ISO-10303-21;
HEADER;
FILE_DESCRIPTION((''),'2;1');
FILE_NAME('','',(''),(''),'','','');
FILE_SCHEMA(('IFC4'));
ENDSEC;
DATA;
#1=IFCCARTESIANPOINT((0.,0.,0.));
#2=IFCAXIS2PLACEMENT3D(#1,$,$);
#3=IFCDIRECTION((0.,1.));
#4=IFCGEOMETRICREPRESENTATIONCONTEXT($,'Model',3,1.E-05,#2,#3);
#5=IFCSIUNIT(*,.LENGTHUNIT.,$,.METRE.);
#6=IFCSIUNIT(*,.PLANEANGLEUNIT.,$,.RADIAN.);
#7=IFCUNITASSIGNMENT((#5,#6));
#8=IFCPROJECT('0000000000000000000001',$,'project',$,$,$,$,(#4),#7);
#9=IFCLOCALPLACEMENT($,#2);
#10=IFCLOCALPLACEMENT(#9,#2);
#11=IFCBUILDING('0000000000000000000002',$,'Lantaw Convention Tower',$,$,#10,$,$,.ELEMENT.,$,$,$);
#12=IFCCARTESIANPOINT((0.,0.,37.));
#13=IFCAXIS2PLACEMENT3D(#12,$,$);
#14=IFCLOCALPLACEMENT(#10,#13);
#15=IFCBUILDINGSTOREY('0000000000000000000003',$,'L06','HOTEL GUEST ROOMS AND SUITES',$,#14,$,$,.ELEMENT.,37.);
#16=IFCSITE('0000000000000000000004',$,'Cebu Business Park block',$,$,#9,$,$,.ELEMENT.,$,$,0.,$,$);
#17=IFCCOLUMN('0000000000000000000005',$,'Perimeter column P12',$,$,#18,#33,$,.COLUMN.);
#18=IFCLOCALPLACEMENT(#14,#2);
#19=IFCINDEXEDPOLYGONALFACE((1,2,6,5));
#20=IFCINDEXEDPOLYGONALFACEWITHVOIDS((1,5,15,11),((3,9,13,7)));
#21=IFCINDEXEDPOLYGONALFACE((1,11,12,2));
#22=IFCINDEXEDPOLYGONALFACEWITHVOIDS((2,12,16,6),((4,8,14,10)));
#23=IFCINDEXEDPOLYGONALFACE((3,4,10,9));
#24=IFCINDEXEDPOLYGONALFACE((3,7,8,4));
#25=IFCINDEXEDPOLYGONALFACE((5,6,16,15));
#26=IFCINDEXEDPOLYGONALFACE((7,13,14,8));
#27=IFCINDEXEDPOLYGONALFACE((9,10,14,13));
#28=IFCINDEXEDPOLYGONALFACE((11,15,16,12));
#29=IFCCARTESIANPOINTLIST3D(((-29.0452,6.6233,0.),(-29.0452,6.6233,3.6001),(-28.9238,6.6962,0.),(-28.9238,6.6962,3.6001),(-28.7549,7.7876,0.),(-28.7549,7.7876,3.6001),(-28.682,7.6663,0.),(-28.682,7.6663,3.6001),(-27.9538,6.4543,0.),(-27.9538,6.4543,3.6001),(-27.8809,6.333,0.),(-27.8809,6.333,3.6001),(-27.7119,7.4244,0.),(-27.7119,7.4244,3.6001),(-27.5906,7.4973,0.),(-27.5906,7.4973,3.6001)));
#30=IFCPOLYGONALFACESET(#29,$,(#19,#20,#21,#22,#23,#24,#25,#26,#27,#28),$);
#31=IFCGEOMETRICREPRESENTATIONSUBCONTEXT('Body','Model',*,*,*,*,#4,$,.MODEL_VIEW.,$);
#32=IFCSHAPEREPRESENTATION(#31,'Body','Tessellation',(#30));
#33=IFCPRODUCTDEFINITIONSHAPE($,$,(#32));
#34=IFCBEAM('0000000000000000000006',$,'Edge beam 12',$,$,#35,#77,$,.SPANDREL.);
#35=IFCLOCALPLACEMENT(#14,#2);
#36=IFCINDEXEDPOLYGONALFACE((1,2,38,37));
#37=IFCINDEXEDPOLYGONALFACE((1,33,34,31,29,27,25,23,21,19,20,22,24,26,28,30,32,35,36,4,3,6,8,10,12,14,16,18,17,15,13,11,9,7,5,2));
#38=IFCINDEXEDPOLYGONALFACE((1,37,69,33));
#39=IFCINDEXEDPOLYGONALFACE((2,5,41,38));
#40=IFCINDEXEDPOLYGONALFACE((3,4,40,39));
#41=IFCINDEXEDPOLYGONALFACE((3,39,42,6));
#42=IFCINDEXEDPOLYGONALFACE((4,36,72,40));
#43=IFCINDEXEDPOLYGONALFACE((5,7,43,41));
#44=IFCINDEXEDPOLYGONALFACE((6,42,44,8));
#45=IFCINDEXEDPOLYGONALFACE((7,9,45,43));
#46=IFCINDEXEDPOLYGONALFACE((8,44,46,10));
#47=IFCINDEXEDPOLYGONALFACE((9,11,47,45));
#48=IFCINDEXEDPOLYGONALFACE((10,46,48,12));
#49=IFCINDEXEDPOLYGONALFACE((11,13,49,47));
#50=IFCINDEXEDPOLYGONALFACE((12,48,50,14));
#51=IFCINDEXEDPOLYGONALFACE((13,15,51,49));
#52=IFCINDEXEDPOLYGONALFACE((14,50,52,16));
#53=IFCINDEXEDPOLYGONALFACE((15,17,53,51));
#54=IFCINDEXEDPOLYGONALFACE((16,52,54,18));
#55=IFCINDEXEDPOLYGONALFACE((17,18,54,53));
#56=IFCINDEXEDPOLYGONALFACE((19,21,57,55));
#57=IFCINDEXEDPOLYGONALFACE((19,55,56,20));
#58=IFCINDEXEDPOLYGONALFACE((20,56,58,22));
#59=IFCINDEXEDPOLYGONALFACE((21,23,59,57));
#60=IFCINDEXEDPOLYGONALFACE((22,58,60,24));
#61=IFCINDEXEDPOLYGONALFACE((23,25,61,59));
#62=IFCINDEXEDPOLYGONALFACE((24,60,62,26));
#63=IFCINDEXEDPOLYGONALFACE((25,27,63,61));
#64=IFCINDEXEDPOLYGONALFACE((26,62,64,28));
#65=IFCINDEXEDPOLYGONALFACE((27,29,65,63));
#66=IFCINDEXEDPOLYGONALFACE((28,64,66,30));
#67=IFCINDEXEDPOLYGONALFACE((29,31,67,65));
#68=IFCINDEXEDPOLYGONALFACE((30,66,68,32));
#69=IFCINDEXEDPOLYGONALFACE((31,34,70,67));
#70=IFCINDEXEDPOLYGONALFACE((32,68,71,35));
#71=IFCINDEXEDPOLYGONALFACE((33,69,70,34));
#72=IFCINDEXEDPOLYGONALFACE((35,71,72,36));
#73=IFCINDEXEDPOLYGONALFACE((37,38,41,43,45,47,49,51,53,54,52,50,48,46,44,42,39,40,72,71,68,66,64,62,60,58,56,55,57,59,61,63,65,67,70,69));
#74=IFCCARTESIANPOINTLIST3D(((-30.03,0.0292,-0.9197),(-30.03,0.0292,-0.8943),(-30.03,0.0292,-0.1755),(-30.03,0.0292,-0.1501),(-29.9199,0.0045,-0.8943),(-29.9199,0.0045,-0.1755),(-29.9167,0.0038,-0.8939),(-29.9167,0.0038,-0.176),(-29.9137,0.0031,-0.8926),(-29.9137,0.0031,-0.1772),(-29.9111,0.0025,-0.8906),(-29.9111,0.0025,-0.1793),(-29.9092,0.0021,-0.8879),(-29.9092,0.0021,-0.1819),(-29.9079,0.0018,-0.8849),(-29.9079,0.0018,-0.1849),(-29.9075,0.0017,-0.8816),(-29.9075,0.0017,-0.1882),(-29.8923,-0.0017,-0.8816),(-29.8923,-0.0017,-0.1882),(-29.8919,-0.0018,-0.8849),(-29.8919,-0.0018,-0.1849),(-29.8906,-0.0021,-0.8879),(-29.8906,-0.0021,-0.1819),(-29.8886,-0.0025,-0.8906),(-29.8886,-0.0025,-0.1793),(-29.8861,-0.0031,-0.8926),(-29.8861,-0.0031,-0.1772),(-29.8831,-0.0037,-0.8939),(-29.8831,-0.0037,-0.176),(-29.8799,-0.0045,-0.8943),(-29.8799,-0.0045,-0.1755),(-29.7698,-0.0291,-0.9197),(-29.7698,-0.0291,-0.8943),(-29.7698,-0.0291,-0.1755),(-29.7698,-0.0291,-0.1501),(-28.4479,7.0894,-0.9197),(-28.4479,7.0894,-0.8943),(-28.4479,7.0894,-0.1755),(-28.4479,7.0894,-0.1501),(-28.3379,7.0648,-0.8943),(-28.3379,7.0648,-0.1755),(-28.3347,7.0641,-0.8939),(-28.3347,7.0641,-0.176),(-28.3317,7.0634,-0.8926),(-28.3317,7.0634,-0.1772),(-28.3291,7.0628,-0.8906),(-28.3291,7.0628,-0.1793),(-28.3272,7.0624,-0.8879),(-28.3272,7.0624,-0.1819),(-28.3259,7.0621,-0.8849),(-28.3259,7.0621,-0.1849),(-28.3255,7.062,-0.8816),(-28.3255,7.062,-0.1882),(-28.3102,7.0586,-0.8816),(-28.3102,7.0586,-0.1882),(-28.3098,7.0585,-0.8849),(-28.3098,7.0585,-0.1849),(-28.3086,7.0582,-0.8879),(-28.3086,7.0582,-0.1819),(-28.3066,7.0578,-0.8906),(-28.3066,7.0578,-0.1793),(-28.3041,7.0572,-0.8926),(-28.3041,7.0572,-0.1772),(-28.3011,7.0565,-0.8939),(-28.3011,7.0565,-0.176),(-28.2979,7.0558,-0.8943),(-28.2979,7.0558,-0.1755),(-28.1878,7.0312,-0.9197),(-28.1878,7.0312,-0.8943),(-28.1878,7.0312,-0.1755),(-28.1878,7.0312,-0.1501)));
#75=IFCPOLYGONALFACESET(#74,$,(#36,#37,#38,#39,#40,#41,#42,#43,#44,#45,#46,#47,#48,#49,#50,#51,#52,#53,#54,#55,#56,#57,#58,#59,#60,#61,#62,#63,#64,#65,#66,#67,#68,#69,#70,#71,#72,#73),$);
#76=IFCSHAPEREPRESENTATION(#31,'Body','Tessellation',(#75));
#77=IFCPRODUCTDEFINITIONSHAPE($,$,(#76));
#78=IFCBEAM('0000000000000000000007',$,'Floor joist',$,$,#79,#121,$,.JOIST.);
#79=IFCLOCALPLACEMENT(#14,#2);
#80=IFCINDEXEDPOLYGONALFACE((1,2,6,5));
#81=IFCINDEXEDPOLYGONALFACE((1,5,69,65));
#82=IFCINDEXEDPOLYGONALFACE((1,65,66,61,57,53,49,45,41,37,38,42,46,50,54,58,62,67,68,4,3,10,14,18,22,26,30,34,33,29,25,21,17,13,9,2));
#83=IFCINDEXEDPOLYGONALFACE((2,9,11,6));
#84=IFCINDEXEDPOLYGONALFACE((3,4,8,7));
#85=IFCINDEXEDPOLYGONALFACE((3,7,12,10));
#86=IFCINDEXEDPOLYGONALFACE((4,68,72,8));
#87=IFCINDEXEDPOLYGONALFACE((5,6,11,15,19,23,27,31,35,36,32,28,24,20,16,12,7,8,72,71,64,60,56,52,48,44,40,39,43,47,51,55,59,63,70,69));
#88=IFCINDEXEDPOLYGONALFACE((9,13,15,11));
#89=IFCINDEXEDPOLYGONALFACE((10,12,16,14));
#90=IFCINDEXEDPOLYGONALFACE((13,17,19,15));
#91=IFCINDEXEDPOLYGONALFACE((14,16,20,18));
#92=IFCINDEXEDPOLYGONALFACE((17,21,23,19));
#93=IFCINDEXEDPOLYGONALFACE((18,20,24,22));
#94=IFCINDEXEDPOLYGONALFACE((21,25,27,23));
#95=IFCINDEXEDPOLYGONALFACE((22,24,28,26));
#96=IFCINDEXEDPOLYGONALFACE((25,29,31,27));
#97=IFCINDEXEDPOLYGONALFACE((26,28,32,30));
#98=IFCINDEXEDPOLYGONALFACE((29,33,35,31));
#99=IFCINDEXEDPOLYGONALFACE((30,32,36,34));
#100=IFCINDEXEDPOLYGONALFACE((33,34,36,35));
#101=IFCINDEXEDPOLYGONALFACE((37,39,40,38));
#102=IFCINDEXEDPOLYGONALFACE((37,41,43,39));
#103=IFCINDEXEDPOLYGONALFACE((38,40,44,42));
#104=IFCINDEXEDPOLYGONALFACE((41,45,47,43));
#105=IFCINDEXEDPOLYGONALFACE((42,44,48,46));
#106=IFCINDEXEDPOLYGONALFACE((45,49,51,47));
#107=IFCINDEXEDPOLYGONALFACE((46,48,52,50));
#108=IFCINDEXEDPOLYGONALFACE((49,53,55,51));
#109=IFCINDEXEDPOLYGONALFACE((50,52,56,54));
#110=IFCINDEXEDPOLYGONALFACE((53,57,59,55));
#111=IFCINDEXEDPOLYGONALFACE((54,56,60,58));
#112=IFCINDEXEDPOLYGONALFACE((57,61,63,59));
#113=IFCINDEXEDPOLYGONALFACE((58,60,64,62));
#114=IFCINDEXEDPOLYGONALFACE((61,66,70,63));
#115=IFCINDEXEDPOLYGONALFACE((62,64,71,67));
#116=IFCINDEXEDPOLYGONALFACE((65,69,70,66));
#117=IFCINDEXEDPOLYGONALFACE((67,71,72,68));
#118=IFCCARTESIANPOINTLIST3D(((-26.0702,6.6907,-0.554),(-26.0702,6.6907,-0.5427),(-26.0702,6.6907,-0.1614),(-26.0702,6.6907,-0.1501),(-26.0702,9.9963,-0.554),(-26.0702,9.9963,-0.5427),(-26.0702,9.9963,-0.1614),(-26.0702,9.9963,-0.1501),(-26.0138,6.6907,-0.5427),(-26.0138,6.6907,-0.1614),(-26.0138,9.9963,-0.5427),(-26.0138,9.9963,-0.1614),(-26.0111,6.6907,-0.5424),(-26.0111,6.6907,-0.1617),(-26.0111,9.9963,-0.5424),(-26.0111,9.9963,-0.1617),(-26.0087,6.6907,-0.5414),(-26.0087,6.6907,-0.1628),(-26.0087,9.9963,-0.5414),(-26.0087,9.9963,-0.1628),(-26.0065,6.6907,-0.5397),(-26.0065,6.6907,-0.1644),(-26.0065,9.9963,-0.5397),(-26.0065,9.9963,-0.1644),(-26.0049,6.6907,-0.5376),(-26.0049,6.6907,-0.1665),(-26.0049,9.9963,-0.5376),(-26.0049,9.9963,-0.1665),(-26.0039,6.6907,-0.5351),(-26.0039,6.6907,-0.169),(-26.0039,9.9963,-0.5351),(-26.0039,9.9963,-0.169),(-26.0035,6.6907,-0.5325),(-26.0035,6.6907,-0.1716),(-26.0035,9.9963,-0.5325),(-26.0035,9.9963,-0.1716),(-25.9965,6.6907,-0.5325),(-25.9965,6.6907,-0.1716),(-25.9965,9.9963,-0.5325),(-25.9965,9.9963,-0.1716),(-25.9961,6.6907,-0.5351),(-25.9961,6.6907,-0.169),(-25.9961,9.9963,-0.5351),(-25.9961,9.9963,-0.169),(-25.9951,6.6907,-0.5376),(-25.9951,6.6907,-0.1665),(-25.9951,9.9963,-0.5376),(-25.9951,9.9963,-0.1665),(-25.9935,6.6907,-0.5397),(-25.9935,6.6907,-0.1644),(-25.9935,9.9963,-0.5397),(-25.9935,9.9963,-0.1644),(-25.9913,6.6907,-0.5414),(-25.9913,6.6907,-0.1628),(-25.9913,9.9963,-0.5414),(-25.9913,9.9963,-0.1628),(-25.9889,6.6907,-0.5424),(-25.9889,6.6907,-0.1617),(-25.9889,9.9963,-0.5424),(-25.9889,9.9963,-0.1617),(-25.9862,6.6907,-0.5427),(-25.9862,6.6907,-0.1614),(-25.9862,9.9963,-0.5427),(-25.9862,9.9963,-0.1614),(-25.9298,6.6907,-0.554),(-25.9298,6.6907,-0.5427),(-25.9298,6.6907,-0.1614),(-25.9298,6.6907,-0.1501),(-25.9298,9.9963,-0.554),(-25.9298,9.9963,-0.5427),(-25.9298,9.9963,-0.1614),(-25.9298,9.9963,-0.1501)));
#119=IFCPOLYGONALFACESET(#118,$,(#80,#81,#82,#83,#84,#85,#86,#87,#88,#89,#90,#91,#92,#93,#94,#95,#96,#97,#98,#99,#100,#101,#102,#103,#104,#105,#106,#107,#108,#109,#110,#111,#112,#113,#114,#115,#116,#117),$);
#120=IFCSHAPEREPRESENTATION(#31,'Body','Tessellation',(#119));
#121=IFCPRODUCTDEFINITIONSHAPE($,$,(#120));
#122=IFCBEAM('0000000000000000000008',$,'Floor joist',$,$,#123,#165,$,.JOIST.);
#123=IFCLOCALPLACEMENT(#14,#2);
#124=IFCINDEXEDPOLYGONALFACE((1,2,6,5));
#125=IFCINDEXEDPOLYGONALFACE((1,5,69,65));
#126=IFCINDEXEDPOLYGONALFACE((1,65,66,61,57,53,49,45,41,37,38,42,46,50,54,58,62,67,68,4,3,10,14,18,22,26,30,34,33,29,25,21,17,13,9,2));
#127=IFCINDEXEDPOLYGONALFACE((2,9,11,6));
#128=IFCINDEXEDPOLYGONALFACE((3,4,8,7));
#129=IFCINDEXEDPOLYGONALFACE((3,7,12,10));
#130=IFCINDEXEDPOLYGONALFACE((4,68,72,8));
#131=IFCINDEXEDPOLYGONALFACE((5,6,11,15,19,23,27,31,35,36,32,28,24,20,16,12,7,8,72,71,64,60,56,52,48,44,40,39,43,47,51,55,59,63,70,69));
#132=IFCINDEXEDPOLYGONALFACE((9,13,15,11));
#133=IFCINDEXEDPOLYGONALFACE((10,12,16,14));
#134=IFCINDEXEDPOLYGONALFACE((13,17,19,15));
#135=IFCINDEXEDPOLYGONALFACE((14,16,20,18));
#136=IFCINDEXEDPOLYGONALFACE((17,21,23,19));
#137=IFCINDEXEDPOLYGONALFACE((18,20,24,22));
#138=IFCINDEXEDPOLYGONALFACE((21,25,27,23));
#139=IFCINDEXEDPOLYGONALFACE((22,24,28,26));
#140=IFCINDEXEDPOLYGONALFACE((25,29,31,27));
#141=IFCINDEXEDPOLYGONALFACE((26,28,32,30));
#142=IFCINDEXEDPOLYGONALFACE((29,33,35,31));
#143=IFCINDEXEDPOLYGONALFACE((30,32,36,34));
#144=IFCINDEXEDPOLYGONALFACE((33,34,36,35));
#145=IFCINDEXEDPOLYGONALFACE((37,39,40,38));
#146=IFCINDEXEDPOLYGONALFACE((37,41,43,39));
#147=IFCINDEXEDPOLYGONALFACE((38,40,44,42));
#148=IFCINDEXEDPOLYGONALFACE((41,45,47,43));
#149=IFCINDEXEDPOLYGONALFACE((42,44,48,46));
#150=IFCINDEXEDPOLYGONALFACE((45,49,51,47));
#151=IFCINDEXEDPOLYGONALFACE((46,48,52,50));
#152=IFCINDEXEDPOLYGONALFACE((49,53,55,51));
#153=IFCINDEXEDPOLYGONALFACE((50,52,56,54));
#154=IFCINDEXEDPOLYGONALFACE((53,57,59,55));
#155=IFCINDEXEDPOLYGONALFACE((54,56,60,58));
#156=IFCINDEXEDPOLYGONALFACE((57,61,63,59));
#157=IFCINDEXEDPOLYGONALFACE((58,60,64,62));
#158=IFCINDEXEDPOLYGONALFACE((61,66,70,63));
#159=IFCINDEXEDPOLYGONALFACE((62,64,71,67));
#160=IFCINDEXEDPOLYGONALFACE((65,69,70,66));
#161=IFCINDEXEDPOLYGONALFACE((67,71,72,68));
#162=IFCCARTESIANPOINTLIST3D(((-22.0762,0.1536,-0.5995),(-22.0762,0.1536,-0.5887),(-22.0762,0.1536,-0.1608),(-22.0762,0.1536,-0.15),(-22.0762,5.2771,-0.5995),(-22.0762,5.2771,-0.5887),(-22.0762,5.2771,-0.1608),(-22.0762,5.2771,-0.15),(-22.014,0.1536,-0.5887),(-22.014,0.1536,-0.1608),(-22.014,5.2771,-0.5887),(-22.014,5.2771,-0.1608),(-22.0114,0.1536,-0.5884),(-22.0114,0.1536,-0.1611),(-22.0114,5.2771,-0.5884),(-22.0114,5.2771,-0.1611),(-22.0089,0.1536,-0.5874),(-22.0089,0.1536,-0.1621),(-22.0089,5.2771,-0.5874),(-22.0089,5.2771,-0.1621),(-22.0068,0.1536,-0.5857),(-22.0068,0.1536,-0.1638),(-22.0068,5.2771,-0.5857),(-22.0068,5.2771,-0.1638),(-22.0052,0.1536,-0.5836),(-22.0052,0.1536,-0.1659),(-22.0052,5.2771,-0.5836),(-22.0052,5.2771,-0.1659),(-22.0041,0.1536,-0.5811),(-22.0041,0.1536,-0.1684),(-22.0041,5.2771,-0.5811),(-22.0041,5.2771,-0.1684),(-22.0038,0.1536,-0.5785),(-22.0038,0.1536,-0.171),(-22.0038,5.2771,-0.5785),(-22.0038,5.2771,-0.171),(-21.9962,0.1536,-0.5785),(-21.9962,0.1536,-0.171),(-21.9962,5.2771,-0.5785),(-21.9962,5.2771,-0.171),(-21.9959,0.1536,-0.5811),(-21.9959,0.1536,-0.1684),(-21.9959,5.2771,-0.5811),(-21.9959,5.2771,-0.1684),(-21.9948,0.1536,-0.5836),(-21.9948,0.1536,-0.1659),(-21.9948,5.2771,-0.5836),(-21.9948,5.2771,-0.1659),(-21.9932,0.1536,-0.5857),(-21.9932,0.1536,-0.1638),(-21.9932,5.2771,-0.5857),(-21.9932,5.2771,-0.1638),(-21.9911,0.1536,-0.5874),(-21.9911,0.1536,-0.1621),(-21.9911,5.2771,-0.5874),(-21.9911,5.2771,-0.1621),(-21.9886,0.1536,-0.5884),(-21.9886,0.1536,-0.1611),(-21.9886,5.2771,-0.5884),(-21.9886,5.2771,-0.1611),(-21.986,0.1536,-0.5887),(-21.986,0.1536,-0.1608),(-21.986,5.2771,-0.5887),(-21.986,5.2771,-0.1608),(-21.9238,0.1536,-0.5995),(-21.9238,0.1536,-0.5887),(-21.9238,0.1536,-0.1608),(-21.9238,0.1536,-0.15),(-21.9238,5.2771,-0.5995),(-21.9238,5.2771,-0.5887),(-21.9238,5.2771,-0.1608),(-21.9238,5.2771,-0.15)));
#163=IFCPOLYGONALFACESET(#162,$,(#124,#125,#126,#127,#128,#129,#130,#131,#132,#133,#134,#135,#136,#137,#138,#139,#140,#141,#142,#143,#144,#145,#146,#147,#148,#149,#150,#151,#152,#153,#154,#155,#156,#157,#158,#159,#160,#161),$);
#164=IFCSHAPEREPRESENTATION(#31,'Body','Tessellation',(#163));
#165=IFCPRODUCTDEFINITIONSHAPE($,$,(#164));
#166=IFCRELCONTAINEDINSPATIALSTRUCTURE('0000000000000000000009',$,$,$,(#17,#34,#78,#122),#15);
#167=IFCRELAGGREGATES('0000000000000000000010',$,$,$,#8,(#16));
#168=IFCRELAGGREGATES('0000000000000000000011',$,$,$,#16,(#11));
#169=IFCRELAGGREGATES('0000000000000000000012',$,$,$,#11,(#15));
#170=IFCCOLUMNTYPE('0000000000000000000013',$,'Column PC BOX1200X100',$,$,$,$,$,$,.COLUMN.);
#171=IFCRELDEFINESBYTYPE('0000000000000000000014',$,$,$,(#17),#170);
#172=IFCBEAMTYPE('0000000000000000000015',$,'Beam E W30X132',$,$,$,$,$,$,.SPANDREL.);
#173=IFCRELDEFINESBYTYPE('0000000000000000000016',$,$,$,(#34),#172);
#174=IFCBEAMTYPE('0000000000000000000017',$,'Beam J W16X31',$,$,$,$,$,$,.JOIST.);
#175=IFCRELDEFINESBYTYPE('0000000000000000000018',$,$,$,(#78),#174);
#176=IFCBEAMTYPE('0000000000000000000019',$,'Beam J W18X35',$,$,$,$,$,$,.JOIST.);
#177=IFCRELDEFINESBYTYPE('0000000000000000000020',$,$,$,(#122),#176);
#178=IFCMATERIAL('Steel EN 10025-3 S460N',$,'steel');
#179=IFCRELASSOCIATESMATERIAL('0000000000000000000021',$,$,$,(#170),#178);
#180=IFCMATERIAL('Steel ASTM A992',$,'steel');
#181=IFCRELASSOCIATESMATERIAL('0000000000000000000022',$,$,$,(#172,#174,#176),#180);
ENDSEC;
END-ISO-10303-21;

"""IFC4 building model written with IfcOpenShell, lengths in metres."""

from ifc_helpers import new_model, si_unit, direction, frame, origin, origin_2d, place, context, subcontext, project, spatial, rectangle, hollow_rectangle, i_section, extrude, material, material_profile, profile_set, type_object, element, save


model = new_model("IFC4")

# Units and contexts
model_context = context("Model", 3, precision=1e-05, world=origin(), true_north=direction((0.0, 1.0)))
body_context = subcontext(model_context, "Body", "Model", "MODEL_VIEW")
ifc_project = project(units=[si_unit("LENGTHUNIT", "METRE"), si_unit("PLANEANGLEUNIT", "RADIAN")], contexts=[model_context])

# Site, building, storey
site_placement = place(None, origin())
site = spatial("IfcSite", under=ifc_project, at=site_placement, Name="Cebu Business Park block", CompositionType="ELEMENT", RefElevation=0.0)
building_placement = place(site_placement, origin())
building = spatial("IfcBuilding", under=site, at=building_placement, Name="Lantaw Convention Tower", CompositionType="ELEMENT")
storey_placement = place(building_placement, frame((0.0, 0.0, 37.0)))
storey = spatial("IfcBuildingStorey", under=building, at=storey_placement, Name="L06", Description="HOTEL GUEST ROOMS AND SUITES", CompositionType="ELEMENT", Elevation=37.0)

# Column
ifc_material_1 = material(Name="Steel EN 10025-3 S460N", Category="steel")
ifc_material_profile_1 = material_profile(ifc_material_1, hollow_rectangle(XDim=1.2, YDim=1.2, WallThickness=0.1001, at=origin_2d()), Name="BOX1200X100")
ifc_material_2 = material(Name="Concrete C60/75", Category="concrete")
ifc_material_profile_2 = material_profile(ifc_material_2, rectangle(XDim=1.0, YDim=1.0, at=origin_2d()), Name="Concrete fill of BOX1200X100")
ifc_profile_set_1 = profile_set([ifc_material_profile_1, ifc_material_profile_2], Name="Steel EN 10025-3 S460N")
column_type = type_object("IfcColumnType", Name="Column PC BOX1200X100", PredefinedType="COLUMN", material=ifc_profile_set_1)
column_placement = place(storey_placement, frame((-28.3179, 7.0603, 0.0), z_axis=(0.0, 0.0, 1.0), x_axis=(0.241922, 0.970296, 0.0)))
element("IfcColumn", 1, at=column_placement, inside=storey, type_object=column_type, Name="Perimeter column P12", PredefinedType="COLUMN", context=body_context, shape_type="SweptSolid", body=[
    extrude(hollow_rectangle(XDim=1.2, YDim=1.2, WallThickness=0.1001, at=origin_2d()), origin(), (0.0, 0.0, 1.0), 3.6001),
])

# Beams
ifc_material_3 = material(Name="Steel ASTM A992", Category="steel")
ifc_material_profile_3 = material_profile(ifc_material_3, i_section(OverallWidth=0.2666, OverallDepth=0.7695, WebThickness=0.0156, FlangeThickness=0.0254, FilletRadius=0.0127, at=origin_2d()), Name="W30X132")
ifc_profile_set_2 = profile_set([ifc_material_profile_3], Name="Steel ASTM A992")
beam_type_1 = type_object("IfcBeamType", Name="Beam E W30X132", PredefinedType="SPANDREL", material=ifc_profile_set_2)
beam_1_placement = place(storey_placement, frame((-28.3179, 7.0603, -0.5349), z_axis=(-0.218652, -0.975803, 0.0), x_axis=(0.975803, -0.218652, 0.0)))
element("IfcBeam", 2, at=beam_1_placement, inside=storey, type_object=beam_type_1, Name="Edge beam 12", PredefinedType="SPANDREL", context=body_context, shape_type="SweptSolid", body=[
    extrude(i_section(OverallWidth=0.2666, OverallDepth=0.7695, WebThickness=0.0156, FlangeThickness=0.0254, FilletRadius=0.0127, at=origin_2d()), origin(), (0.0, 0.0, 1.0), 7.2354),
])
ifc_material_profile_4 = material_profile(ifc_material_3, i_section(OverallWidth=0.1404, OverallDepth=0.4038, WebThickness=0.0071, FlangeThickness=0.0112, FilletRadius=0.0103, at=origin_2d()), Name="W16X31")
ifc_profile_set_3 = profile_set([ifc_material_profile_4], Name="Steel ASTM A992")
beam_type_2 = type_object("IfcBeamType", Name="Beam J W16X31", PredefinedType="JOIST", material=ifc_profile_set_3)
beam_2_placement = place(storey_placement, frame((-26.0, 6.6907, -0.3521), z_axis=(0.0, 1.0, 0.0), x_axis=(-1.0, 0.0, 0.0)))
element("IfcBeam", 3, at=beam_2_placement, inside=storey, type_object=beam_type_2, Name="Floor joist", PredefinedType="JOIST", context=body_context, shape_type="SweptSolid", body=[
    extrude(i_section(OverallWidth=0.1404, OverallDepth=0.4038, WebThickness=0.0071, FlangeThickness=0.0112, FilletRadius=0.0103, at=origin_2d()), origin(), (0.0, 0.0, 1.0), 3.3057),
])
ifc_material_profile_5 = material_profile(ifc_material_3, i_section(OverallWidth=0.1523, OverallDepth=0.4495, WebThickness=0.0076, FlangeThickness=0.0107, FilletRadius=0.0103, at=origin_2d()), Name="W18X35")
ifc_profile_set_4 = profile_set([ifc_material_profile_5], Name="Steel ASTM A992")
beam_type_3 = type_object("IfcBeamType", Name="Beam J W18X35", PredefinedType="JOIST", material=ifc_profile_set_4)
beam_3_placement = place(storey_placement, frame((-22.0, 0.1536, -0.3748), z_axis=(0.0, 1.0, 0.0), x_axis=(-1.0, 0.0, 0.0)))
element("IfcBeam", 4, at=beam_3_placement, inside=storey, type_object=beam_type_3, Name="Floor joist", PredefinedType="JOIST", context=body_context, shape_type="SweptSolid", body=[
    extrude(i_section(OverallWidth=0.1523, OverallDepth=0.4495, WebThickness=0.0076, FlangeThickness=0.0107, FilletRadius=0.0103, at=origin_2d()), origin(), (0.0, 0.0, 1.0), 5.1235),
])

save(model, "model.ifc")
